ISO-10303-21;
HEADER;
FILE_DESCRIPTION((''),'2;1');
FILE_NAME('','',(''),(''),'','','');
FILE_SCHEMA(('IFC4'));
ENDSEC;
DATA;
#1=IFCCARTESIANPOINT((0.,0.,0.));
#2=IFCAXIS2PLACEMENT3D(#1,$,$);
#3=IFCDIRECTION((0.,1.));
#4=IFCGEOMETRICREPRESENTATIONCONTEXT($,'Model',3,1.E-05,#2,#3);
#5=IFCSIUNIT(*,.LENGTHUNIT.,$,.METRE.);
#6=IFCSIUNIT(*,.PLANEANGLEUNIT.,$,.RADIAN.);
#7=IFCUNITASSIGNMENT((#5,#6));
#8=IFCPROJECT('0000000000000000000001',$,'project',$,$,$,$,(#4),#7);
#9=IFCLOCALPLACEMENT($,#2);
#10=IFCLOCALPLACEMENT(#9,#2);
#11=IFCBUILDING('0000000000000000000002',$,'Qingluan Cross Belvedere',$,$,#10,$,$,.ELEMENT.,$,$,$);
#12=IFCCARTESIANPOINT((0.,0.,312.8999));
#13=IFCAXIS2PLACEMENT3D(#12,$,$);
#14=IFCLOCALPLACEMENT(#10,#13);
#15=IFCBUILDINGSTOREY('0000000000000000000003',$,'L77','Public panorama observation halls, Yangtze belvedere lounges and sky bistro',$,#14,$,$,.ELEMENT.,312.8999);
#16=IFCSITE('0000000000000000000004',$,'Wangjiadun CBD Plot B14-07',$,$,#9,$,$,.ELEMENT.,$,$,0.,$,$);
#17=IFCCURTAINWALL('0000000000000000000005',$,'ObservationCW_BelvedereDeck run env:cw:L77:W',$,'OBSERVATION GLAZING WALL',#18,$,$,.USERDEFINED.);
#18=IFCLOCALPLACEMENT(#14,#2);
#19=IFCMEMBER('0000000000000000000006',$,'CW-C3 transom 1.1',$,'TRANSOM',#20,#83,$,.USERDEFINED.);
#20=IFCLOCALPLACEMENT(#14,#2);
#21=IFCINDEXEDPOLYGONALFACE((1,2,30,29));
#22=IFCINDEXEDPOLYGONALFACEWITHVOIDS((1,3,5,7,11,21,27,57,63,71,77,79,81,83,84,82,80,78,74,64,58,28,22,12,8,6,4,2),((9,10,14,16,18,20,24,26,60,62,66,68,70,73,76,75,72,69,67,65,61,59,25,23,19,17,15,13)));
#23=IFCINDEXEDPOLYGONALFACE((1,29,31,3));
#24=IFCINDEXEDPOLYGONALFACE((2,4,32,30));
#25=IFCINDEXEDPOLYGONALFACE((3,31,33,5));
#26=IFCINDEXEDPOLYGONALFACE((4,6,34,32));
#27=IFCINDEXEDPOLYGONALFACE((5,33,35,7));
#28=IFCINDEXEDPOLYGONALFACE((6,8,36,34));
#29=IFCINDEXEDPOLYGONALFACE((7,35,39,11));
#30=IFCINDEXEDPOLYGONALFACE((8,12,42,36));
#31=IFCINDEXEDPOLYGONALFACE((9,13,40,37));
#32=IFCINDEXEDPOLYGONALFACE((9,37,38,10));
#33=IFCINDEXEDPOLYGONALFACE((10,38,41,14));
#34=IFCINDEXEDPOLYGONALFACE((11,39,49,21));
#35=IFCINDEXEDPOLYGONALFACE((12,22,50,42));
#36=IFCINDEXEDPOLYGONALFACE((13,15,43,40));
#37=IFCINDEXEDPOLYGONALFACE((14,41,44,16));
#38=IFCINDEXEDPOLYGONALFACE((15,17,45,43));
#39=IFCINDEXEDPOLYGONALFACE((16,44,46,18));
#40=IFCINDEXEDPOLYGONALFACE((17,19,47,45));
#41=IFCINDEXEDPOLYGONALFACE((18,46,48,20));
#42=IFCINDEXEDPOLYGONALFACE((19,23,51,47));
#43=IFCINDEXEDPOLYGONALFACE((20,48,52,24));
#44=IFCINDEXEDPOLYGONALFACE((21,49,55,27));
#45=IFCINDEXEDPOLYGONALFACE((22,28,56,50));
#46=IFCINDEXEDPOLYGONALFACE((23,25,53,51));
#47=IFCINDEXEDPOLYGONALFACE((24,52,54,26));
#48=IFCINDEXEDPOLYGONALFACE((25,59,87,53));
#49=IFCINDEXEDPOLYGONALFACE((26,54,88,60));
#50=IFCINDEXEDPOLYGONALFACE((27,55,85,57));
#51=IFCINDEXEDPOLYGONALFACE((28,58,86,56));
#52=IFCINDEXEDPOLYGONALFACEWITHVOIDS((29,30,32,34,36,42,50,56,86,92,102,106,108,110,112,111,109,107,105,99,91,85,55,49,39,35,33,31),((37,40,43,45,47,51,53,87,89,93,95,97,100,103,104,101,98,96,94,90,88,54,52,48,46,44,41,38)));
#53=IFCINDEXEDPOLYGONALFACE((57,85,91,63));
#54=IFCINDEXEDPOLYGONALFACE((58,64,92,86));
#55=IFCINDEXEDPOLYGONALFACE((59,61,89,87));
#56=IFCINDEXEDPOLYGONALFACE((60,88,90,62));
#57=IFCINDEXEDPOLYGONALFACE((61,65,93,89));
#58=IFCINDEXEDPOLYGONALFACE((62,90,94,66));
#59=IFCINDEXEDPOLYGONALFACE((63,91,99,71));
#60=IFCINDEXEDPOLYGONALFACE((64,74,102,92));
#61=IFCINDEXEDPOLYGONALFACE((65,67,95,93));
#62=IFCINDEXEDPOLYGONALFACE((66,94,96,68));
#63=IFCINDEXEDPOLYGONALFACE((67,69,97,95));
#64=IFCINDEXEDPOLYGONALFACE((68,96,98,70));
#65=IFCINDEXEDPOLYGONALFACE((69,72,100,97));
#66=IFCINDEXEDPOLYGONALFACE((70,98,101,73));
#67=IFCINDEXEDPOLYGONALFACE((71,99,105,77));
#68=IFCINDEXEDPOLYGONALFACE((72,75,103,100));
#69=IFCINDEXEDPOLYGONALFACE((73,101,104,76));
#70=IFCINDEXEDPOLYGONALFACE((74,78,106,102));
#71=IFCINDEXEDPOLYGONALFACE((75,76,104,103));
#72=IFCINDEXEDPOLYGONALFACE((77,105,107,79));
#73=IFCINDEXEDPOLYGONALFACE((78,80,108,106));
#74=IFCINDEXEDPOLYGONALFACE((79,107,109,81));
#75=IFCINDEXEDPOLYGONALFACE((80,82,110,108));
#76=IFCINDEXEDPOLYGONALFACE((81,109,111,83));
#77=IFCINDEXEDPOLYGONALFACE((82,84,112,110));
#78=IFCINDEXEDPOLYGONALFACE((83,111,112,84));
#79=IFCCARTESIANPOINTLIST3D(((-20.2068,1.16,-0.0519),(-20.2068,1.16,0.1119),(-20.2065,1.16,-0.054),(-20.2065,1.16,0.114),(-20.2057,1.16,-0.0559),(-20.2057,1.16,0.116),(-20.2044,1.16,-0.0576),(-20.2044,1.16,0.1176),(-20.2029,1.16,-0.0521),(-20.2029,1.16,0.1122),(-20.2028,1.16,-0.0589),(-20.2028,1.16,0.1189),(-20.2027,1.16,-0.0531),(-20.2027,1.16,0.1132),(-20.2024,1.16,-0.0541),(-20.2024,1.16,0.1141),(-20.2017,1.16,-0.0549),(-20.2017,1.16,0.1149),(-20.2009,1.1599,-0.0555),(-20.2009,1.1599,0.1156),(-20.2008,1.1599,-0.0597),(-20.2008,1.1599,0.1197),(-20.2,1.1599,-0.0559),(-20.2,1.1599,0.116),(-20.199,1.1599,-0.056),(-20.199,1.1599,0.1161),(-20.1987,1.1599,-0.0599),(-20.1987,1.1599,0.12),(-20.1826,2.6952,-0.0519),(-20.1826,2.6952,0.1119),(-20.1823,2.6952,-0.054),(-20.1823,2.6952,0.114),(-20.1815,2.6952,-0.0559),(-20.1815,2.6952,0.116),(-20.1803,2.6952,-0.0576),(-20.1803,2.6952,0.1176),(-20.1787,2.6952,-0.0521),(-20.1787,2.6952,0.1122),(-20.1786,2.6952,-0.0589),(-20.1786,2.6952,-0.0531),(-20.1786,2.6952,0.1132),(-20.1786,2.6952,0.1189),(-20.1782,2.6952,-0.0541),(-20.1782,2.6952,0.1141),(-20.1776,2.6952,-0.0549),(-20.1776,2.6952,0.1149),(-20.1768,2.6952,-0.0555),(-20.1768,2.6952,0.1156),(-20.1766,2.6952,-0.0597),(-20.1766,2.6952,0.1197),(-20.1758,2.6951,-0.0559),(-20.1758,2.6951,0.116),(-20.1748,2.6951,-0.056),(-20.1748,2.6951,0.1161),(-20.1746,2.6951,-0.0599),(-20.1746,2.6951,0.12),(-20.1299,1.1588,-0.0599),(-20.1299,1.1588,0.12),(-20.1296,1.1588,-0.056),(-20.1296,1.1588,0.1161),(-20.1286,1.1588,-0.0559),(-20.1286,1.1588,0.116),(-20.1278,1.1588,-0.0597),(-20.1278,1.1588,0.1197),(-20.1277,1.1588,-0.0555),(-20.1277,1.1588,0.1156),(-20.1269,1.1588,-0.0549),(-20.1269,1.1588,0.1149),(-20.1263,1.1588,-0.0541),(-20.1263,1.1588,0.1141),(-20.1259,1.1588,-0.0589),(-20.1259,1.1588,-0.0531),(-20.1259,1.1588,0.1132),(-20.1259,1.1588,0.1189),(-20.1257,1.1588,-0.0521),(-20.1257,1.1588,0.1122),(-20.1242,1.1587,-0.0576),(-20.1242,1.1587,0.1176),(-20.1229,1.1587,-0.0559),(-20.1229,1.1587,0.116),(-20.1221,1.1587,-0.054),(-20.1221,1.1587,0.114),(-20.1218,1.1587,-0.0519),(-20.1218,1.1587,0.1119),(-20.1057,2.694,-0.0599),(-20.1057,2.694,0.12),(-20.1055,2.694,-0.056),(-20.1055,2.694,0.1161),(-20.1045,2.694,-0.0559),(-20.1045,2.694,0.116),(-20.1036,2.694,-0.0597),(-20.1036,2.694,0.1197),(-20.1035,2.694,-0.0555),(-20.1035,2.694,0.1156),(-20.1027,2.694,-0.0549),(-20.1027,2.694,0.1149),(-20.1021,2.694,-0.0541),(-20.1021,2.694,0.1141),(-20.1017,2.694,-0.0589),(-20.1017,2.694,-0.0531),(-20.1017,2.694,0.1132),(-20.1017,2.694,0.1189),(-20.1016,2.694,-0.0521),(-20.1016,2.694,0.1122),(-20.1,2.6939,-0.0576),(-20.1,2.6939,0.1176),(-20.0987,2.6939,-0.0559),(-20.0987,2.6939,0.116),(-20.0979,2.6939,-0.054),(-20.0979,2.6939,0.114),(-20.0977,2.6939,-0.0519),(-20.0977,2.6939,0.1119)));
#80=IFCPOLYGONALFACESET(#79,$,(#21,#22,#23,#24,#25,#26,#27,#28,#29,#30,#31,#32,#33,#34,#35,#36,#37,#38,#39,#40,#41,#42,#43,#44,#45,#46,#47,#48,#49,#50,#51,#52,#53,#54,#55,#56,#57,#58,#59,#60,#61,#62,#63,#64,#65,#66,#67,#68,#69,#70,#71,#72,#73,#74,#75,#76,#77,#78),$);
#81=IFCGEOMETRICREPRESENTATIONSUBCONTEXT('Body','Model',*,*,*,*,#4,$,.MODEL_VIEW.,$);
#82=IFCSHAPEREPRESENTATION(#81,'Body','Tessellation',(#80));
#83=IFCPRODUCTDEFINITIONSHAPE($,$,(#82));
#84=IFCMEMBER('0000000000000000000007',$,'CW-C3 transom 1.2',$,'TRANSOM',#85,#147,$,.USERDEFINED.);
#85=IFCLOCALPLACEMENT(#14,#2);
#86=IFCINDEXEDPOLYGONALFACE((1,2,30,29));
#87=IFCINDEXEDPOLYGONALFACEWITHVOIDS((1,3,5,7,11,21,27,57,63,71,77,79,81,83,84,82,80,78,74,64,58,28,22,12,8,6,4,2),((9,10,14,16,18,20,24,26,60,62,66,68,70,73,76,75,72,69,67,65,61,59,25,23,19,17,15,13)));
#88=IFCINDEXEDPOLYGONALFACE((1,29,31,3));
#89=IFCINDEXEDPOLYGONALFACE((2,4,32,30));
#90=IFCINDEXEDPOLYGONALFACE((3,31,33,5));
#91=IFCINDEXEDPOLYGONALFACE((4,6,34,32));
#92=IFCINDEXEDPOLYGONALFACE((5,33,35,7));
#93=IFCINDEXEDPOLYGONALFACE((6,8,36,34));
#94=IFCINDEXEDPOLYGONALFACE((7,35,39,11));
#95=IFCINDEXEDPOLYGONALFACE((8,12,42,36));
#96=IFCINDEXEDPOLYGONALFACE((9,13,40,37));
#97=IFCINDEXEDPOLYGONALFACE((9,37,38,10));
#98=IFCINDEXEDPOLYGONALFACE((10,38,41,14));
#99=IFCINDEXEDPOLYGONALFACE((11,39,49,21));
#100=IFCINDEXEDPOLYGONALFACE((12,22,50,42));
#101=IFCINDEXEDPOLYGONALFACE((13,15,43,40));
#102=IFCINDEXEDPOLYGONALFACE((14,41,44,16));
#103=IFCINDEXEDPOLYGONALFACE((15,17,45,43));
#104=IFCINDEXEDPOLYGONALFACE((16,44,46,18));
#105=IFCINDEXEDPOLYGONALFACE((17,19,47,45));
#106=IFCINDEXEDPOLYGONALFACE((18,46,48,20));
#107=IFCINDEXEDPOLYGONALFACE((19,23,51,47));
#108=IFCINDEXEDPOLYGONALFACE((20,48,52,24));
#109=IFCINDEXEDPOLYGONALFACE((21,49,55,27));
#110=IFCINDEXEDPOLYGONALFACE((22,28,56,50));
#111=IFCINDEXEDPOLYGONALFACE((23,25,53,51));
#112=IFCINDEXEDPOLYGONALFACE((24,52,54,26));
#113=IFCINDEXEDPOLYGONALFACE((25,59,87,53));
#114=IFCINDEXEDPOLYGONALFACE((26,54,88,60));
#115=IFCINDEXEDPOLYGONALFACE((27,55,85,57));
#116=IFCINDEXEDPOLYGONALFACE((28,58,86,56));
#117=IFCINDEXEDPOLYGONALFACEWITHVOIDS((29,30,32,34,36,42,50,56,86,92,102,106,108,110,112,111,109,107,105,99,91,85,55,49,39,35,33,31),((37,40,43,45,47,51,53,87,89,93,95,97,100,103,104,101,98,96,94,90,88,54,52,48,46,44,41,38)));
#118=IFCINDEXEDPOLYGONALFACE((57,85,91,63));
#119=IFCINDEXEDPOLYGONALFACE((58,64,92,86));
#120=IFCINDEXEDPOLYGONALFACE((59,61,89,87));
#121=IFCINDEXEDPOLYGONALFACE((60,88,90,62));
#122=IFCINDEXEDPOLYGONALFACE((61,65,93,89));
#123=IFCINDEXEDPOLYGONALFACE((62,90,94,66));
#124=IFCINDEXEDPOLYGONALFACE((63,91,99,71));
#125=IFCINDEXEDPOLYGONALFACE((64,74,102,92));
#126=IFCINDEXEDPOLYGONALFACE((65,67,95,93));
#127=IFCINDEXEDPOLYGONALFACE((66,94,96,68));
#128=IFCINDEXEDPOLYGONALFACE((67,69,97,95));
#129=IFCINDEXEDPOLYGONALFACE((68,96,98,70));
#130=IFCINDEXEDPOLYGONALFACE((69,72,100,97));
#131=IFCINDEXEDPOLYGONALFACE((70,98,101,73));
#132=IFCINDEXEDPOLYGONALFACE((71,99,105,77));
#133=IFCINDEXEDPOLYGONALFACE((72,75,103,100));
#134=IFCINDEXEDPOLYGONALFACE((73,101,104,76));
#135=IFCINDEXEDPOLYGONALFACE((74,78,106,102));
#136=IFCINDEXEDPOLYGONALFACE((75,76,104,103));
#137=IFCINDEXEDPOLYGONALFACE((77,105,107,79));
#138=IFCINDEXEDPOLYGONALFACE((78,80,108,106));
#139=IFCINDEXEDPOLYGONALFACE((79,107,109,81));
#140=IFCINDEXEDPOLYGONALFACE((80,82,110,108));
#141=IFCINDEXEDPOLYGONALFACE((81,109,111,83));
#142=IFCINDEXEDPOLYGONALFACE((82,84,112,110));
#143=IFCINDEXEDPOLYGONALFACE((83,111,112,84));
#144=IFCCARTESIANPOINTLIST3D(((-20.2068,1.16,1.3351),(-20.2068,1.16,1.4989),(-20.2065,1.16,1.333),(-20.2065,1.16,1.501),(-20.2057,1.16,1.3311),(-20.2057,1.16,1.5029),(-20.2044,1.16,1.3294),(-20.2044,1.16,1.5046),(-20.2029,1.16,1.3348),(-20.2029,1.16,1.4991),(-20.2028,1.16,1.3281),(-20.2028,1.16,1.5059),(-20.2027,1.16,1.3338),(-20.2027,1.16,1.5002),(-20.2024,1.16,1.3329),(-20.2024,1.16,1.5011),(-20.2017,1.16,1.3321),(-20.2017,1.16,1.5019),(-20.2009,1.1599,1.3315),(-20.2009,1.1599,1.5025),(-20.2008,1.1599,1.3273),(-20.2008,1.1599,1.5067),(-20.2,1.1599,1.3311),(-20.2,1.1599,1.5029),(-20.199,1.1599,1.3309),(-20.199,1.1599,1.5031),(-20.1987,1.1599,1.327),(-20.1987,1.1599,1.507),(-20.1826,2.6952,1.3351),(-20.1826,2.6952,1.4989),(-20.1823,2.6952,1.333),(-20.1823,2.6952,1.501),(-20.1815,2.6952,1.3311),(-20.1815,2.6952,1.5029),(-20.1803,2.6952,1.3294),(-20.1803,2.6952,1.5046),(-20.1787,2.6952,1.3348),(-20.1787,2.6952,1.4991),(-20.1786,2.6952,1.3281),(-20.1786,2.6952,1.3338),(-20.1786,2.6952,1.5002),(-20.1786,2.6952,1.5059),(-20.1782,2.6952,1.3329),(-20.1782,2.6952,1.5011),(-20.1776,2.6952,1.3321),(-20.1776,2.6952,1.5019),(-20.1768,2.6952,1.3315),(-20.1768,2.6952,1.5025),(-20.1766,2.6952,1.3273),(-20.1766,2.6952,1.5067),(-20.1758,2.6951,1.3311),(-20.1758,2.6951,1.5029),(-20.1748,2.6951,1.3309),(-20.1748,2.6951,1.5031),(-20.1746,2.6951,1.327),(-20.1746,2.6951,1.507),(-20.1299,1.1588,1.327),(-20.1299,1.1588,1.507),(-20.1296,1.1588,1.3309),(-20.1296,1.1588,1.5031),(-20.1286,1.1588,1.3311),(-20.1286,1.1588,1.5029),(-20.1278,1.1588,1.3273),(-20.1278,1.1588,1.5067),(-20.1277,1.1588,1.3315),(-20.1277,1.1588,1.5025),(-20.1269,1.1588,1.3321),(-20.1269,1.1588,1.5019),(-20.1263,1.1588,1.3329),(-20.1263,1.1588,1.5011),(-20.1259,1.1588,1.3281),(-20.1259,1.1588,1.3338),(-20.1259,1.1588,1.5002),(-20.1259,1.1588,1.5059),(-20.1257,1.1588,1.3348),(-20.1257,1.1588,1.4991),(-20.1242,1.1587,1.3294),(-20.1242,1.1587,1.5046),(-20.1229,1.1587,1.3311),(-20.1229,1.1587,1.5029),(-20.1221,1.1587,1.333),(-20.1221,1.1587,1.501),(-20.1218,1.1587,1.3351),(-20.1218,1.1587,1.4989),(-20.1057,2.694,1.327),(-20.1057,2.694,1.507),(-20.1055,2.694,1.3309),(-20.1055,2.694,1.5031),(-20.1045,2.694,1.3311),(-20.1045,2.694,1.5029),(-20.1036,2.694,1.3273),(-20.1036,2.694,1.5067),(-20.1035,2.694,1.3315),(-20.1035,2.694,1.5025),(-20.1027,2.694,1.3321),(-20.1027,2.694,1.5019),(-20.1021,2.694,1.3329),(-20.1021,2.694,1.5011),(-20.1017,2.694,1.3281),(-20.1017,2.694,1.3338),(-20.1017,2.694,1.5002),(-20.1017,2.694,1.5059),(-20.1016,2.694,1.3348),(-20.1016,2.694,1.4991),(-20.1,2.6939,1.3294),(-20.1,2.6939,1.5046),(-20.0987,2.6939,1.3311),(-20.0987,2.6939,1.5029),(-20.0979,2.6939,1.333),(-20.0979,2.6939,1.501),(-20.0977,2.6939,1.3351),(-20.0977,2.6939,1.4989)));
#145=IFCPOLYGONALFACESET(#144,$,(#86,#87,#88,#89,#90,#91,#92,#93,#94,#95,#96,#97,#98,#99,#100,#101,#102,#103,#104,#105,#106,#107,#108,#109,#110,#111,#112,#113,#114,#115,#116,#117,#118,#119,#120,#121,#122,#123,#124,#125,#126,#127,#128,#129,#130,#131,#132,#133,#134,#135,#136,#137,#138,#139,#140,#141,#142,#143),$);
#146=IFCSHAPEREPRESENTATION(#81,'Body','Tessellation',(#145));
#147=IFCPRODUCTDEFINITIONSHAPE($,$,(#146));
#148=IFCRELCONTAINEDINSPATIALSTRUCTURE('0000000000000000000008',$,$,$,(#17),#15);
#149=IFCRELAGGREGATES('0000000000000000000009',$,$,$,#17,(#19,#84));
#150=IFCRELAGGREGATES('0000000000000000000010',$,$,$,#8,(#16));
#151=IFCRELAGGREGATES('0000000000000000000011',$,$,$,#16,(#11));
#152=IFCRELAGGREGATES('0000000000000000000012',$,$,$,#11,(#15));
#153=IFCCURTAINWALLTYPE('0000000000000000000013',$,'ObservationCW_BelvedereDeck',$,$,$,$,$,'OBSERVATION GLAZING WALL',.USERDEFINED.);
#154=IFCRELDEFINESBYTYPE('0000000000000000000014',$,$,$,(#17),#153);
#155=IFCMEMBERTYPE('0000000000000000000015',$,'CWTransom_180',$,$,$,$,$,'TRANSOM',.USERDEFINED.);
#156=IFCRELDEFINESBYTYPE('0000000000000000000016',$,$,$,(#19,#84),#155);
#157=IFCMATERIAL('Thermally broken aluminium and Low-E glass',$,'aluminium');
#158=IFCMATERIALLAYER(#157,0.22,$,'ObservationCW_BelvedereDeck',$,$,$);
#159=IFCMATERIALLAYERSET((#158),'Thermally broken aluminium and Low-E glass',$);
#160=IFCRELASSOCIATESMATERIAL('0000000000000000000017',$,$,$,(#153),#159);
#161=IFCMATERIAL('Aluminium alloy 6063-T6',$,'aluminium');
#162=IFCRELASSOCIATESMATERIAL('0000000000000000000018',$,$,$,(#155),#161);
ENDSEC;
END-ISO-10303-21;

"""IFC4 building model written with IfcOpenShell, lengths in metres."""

from ifc_helpers import new_model, si_unit, direction, frame, origin, origin_2d, place, context, subcontext, project, spatial, hollow_rectangle, extrude, material, layer, layer_set, material_profile, profile_set, type_object, element, aggregate, save


model = new_model("IFC4")

# Units and contexts
model_context = context("Model", 3, precision=1e-05, world=origin(), true_north=direction((0.0, 1.0)))
body_context = subcontext(model_context, "Body", "Model", "MODEL_VIEW")
ifc_project = project(units=[si_unit("LENGTHUNIT", "METRE"), si_unit("PLANEANGLEUNIT", "RADIAN")], contexts=[model_context])

# Site, building, storey
site_placement = place(None, origin())
site = spatial("IfcSite", under=ifc_project, at=site_placement, Name="Wangjiadun CBD Plot B14-07", CompositionType="ELEMENT", RefElevation=0.0)
building_placement = place(site_placement, origin())
building = spatial("IfcBuilding", under=site, at=building_placement, Name="Qingluan Cross Belvedere", CompositionType="ELEMENT")
storey_placement = place(building_placement, frame((0.0, 0.0, 312.8999)))
storey = spatial("IfcBuildingStorey", under=building, at=storey_placement, Name="L77", Description="Public panorama observation halls, Yangtze belvedere lounges and sky bistro", CompositionType="ELEMENT", Elevation=312.8999)

# Curtain wall, members
ifc_material_1 = material(Name="Thermally broken aluminium and Low-E glass", Category="aluminium")
ifc_layer_1 = layer(ifc_material_1, 0.22, Name="ObservationCW_BelvedereDeck")
ifc_layer_set_1 = layer_set([ifc_layer_1], Name="Thermally broken aluminium and Low-E glass")
curtain_wall_type = type_object("IfcCurtainWallType", Name="ObservationCW_BelvedereDeck", ElementType="OBSERVATION GLAZING WALL", PredefinedType="USERDEFINED", material=ifc_layer_set_1)
curtain_wall_placement = place(storey_placement, origin())
curtain_wall = element("IfcCurtainWall", 1, at=curtain_wall_placement, inside=storey, type_object=curtain_wall_type, Name="ObservationCW_BelvedereDeck run env:cw:L77:W", ObjectType="OBSERVATION GLAZING WALL", PredefinedType="USERDEFINED")
ifc_material_2 = material(Name="Aluminium alloy 6063-T6", Category="aluminium")
ifc_material_profile_1 = material_profile(ifc_material_2, hollow_rectangle(XDim=0.085, YDim=0.1799, WallThickness=0.0039, InnerFilletRadius=0.0039, OuterFilletRadius=0.0081, at=origin_2d()), Name="CWT180x85x4")
ifc_profile_set_1 = profile_set([ifc_material_profile_1], Name="Aluminium alloy 6063-T6")
member_type_1 = type_object("IfcMemberType", Name="CWTransom_180", ElementType="TRANSOM", PredefinedType="USERDEFINED", material=ifc_profile_set_1)
member_1_placement = place(storey_placement, frame((-20.1401, 2.6946, 0.03), z_axis=(-0.015742, -0.999876, 0.0), x_axis=(0.999876, -0.015742, 0.0)))
member_1 = element("IfcMember", 2, at=member_1_placement, type_object=member_type_1, Name="CW-C3 transom 1.1", ObjectType="TRANSOM", PredefinedType="USERDEFINED", context=body_context, shape_type="SweptSolid", body=[
    extrude(hollow_rectangle(XDim=0.085, YDim=0.1799, WallThickness=0.0039, InnerFilletRadius=0.0039, OuterFilletRadius=0.0081, at=origin_2d()), origin(), (0.0, 0.0, 1.0), 1.5354),
])
member_2_placement = place(storey_placement, frame((-20.1401, 2.6946, 1.417), z_axis=(-0.015742, -0.999876, 0.0), x_axis=(0.999876, -0.015742, 0.0)))
member_2 = element("IfcMember", 3, at=member_2_placement, type_object=member_type_1, Name="CW-C3 transom 1.2", ObjectType="TRANSOM", PredefinedType="USERDEFINED", context=body_context, shape_type="SweptSolid", body=[
    extrude(hollow_rectangle(XDim=0.085, YDim=0.1799, WallThickness=0.0039, InnerFilletRadius=0.0039, OuterFilletRadius=0.0081, at=origin_2d()), origin(), (0.0, 0.0, 1.0), 1.5354),
])
aggregate(curtain_wall, [member_1, member_2])

save(model, "model.ifc")
